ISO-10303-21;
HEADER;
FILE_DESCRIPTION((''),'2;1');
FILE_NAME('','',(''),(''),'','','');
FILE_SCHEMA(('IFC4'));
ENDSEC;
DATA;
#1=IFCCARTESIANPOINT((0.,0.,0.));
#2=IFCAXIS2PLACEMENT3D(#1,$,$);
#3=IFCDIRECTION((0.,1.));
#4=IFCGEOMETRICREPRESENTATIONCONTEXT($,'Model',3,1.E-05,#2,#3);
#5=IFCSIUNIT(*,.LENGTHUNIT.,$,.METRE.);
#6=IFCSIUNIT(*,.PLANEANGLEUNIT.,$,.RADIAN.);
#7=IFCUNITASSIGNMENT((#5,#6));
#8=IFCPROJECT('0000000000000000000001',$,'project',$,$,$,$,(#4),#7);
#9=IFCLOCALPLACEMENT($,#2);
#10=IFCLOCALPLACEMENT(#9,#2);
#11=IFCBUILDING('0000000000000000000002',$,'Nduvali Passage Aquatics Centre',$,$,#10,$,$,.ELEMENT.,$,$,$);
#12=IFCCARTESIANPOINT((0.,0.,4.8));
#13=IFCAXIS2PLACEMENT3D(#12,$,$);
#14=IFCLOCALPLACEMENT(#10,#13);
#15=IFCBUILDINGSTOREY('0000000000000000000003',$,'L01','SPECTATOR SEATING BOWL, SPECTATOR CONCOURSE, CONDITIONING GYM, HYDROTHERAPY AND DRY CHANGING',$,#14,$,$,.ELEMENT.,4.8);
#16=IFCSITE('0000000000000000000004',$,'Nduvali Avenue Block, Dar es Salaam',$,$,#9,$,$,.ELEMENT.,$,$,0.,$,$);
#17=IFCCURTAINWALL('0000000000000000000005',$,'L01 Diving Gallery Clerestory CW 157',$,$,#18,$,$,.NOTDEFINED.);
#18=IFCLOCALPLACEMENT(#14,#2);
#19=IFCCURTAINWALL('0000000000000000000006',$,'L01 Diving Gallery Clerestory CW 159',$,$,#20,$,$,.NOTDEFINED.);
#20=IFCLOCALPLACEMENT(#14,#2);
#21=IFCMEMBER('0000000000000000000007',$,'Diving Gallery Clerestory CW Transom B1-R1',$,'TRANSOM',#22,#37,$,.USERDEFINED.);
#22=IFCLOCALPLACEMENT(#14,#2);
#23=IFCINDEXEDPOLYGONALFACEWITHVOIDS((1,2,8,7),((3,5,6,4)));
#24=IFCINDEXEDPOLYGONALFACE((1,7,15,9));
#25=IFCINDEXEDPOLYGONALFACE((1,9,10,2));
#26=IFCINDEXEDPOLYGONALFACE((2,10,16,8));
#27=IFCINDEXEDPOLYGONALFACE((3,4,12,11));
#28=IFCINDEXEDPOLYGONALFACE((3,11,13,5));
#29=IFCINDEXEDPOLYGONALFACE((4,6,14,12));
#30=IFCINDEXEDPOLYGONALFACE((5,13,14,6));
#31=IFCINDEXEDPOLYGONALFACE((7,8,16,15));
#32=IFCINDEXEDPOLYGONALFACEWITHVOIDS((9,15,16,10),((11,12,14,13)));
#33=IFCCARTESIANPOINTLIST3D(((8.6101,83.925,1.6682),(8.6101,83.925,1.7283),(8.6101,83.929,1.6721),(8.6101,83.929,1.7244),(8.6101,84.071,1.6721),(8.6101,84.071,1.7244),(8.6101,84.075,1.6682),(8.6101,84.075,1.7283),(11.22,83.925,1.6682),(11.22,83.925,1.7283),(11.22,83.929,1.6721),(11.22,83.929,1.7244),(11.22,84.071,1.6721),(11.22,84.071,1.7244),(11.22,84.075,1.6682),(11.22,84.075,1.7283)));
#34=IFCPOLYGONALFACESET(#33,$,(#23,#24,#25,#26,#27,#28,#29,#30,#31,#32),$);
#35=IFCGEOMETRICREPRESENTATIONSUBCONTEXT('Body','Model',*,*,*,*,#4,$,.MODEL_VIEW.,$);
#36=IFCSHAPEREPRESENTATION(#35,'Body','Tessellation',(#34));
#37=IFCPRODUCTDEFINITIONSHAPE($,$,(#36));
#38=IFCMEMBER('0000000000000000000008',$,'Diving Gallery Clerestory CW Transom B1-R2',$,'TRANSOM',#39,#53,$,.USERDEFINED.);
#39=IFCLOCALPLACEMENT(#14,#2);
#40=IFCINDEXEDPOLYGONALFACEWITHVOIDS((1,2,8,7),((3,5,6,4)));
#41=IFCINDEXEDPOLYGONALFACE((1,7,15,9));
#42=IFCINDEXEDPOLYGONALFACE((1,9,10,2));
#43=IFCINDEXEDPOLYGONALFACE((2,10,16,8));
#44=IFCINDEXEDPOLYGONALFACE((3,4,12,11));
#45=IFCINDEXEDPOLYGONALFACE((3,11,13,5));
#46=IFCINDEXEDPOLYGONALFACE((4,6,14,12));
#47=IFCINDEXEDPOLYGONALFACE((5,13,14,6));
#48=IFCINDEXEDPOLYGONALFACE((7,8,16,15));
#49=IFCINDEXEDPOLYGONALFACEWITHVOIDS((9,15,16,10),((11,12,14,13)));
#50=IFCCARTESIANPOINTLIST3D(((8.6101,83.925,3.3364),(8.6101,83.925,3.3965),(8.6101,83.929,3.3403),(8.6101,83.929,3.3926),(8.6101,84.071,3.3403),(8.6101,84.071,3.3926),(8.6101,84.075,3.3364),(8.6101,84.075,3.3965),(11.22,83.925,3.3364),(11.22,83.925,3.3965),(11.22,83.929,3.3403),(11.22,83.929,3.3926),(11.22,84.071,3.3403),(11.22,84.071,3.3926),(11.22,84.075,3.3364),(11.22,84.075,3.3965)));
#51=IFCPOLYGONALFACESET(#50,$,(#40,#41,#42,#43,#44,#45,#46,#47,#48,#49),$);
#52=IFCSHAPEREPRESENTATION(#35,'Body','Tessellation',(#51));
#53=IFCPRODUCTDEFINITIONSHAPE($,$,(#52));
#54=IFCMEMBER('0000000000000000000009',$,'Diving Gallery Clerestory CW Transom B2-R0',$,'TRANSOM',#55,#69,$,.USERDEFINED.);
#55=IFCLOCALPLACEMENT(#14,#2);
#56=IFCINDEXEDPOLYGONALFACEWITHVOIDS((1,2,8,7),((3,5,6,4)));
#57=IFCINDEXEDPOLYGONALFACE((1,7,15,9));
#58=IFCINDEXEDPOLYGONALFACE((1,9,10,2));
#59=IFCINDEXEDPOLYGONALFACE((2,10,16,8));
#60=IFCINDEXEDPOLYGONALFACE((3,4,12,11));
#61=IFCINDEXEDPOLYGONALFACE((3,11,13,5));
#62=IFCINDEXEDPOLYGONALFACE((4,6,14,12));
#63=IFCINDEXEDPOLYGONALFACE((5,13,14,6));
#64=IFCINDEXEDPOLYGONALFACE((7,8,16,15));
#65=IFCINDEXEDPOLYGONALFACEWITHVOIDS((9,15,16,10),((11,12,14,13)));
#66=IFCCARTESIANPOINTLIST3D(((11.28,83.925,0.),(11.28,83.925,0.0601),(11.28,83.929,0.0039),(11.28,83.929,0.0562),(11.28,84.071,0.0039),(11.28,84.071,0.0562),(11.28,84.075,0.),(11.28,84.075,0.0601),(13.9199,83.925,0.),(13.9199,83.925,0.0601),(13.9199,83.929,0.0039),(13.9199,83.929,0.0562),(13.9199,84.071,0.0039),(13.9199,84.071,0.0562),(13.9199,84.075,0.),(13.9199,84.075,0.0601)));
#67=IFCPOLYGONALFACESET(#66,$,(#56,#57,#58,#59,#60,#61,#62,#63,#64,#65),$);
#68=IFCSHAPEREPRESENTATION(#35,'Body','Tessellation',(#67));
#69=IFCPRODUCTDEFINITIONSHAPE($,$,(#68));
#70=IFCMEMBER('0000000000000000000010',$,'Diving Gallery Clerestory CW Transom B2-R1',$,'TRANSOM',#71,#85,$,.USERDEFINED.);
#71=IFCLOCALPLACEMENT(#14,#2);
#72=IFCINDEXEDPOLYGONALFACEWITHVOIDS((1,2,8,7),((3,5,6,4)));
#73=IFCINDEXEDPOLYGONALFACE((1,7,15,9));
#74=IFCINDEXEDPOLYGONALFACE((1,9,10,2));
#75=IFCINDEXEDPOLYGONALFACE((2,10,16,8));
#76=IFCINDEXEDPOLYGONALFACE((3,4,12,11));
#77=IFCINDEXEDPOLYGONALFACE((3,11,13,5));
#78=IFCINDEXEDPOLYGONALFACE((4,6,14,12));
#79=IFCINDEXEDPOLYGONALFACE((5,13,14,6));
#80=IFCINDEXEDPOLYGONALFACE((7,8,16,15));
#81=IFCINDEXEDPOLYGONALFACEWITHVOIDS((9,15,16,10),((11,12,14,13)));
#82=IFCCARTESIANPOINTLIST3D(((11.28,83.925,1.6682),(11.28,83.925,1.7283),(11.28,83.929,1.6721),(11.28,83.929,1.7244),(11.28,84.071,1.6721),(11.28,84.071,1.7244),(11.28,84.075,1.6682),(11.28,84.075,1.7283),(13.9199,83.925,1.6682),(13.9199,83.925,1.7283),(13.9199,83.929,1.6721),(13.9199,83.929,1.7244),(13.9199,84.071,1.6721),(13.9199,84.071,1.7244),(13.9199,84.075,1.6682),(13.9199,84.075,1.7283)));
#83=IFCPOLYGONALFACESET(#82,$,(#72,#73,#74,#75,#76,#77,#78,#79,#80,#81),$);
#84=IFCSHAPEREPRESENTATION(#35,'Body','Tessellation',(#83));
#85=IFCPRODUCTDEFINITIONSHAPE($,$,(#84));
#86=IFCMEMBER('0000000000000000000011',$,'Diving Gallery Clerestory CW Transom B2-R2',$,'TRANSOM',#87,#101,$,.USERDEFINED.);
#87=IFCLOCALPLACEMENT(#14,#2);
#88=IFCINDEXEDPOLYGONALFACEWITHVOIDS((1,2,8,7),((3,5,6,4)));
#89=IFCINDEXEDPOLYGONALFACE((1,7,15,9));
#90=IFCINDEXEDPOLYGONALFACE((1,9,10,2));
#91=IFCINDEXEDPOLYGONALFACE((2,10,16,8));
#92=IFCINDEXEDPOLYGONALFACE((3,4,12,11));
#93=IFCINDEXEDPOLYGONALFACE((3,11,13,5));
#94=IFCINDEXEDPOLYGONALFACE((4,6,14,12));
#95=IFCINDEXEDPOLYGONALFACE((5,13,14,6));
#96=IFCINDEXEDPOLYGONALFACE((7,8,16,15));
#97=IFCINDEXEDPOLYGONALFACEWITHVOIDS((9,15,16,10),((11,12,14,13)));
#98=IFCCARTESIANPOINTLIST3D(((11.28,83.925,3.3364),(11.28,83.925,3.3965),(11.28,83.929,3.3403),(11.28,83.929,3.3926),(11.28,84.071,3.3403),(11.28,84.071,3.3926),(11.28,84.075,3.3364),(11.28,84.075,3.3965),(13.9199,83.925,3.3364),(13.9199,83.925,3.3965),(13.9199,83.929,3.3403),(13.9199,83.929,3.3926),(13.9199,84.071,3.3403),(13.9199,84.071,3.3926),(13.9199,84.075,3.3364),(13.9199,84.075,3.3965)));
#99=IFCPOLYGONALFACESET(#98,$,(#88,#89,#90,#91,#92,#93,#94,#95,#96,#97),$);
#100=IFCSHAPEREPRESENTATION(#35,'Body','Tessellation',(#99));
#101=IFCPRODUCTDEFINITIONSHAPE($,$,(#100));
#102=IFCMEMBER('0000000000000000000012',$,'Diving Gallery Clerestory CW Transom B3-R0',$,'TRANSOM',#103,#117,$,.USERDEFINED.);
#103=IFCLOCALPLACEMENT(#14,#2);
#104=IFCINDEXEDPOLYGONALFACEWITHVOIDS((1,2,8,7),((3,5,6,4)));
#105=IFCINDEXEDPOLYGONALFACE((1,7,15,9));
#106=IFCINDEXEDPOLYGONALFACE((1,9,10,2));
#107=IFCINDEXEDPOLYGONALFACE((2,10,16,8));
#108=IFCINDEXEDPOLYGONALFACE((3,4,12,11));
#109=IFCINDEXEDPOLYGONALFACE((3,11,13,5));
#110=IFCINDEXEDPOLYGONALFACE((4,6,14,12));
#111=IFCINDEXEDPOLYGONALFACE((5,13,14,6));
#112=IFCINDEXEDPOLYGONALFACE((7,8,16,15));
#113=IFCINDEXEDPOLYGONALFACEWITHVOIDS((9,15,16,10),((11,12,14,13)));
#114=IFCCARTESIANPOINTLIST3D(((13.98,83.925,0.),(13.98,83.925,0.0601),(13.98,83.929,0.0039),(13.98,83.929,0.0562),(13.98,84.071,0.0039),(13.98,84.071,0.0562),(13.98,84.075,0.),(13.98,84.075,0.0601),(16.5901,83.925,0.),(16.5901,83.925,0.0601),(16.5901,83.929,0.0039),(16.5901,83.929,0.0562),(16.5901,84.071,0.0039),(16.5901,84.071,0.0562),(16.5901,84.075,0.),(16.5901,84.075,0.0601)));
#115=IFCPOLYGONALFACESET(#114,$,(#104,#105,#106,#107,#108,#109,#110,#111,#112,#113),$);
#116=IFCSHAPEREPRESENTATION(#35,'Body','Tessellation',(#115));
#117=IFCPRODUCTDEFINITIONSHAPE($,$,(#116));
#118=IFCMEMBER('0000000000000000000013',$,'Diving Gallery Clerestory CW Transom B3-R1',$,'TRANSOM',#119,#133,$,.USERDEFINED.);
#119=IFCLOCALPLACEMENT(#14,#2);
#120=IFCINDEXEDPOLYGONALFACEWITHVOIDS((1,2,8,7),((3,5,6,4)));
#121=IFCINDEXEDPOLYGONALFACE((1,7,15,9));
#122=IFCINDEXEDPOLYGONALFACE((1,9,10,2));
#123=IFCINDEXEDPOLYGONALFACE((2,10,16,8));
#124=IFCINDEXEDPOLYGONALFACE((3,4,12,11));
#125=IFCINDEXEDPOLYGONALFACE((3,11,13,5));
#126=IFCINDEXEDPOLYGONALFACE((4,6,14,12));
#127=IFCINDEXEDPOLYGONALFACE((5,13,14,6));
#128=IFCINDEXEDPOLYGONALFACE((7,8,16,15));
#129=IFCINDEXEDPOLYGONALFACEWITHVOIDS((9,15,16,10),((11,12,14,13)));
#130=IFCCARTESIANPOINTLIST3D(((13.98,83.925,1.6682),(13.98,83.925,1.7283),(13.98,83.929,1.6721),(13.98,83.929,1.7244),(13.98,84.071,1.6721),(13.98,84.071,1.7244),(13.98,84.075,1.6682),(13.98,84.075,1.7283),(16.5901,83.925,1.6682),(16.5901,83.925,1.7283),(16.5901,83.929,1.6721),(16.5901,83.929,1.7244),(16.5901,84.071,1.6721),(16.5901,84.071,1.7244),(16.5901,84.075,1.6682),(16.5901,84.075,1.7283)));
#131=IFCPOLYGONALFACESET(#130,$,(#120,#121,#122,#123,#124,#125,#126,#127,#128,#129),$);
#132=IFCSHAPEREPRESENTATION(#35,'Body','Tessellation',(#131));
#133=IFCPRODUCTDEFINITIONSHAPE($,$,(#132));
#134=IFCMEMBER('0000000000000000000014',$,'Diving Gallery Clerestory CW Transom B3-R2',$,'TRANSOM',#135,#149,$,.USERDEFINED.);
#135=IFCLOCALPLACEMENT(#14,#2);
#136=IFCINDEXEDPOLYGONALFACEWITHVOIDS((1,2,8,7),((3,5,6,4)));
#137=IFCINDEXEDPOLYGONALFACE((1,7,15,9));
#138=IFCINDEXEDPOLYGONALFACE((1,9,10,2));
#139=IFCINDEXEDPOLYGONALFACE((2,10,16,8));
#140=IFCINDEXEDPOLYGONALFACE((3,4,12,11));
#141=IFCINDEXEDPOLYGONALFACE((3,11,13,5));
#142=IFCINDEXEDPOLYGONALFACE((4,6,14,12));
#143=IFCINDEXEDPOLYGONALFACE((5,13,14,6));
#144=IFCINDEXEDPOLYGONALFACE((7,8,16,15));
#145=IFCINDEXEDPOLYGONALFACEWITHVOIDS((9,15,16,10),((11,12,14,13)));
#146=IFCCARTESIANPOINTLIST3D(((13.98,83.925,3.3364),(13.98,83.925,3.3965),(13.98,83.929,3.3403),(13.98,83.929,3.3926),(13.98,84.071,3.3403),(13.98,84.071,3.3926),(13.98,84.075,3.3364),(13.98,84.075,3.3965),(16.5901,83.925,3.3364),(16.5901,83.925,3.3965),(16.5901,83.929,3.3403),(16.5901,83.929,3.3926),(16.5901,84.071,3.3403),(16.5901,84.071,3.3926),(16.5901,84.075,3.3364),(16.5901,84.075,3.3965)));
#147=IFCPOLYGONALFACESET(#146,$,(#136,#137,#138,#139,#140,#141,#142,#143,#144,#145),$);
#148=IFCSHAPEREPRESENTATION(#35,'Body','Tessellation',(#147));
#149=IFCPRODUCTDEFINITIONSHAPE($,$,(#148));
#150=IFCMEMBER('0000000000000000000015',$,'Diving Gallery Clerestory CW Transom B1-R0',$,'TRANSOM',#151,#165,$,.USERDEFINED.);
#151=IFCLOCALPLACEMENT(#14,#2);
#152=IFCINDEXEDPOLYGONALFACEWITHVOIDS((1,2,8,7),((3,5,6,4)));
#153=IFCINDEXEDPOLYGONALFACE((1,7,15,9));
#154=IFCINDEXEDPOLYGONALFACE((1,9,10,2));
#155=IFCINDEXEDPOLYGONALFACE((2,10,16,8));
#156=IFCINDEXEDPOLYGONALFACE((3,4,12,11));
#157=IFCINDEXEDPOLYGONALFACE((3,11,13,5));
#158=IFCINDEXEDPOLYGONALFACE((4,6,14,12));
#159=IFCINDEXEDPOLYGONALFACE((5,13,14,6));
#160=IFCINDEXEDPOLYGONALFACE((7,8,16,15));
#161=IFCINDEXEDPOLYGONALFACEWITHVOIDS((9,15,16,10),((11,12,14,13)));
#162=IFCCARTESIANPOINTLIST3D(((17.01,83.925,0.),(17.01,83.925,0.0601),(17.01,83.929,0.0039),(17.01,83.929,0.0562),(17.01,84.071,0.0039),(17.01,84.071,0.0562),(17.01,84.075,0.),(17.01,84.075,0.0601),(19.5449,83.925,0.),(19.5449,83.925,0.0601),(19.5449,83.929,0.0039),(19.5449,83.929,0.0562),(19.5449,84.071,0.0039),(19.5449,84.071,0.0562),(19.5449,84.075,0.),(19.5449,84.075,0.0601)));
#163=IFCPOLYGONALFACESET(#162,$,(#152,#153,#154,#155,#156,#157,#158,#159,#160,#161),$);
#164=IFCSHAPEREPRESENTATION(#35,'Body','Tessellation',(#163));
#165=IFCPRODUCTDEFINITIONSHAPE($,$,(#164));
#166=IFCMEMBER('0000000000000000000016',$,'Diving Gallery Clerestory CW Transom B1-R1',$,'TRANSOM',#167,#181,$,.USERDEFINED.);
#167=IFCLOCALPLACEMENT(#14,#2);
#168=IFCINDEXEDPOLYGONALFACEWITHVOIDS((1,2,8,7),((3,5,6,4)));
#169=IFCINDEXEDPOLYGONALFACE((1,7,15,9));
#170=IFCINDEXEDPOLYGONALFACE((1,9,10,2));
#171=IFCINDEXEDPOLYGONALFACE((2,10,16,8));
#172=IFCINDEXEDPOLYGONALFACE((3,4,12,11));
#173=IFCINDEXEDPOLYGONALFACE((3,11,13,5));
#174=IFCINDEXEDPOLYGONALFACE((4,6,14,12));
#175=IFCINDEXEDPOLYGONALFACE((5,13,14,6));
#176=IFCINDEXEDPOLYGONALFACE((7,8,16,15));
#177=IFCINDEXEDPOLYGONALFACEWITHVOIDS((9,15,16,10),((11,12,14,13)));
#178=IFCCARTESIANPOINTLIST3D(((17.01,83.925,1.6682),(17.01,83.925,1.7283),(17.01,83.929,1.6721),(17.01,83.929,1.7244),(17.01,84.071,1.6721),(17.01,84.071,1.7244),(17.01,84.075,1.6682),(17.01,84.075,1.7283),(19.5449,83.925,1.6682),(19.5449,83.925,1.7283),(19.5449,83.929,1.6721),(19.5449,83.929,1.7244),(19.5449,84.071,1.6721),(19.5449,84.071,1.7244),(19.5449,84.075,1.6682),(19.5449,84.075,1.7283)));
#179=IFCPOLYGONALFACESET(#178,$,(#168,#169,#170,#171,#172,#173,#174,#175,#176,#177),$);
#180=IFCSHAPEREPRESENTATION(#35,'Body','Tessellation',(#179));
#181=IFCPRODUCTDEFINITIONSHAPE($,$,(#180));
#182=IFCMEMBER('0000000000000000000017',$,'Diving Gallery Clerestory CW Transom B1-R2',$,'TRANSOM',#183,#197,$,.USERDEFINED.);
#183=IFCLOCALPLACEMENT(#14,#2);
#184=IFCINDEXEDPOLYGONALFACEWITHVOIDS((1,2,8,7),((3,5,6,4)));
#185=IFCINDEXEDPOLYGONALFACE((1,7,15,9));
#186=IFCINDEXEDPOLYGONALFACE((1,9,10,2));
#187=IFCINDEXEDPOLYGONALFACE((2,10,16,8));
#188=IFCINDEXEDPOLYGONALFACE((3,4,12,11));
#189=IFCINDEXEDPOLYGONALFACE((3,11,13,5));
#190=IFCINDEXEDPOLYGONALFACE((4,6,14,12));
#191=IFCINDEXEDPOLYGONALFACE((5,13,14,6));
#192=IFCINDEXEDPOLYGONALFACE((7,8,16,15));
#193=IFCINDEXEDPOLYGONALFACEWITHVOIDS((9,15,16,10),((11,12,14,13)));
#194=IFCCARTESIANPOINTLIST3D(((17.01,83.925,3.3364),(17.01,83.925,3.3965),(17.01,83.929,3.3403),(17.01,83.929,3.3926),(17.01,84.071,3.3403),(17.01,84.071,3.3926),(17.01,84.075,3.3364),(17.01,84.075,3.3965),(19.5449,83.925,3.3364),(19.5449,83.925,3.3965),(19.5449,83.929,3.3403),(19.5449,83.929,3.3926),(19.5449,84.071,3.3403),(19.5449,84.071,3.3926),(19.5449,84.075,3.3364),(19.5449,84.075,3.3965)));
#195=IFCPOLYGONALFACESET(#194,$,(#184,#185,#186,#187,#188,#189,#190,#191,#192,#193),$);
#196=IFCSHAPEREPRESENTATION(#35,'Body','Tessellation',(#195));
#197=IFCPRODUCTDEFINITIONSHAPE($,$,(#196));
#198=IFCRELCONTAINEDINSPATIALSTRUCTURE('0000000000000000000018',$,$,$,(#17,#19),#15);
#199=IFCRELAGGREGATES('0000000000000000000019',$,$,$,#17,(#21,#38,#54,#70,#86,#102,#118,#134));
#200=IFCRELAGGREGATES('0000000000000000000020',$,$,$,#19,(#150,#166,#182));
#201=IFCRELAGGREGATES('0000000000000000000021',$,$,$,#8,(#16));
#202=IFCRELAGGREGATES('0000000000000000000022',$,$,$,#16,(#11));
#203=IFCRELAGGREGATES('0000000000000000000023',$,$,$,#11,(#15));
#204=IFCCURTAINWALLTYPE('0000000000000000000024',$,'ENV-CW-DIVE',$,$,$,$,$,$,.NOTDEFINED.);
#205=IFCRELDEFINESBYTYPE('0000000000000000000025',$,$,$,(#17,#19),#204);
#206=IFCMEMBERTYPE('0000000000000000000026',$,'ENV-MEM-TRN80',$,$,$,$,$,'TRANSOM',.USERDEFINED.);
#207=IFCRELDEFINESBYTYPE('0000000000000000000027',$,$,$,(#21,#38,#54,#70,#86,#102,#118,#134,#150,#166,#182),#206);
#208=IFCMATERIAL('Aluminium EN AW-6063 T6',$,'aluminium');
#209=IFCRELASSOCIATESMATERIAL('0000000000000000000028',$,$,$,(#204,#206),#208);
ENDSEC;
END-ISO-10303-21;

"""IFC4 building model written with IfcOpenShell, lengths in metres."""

from ifc_helpers import new_model, si_unit, direction, frame, origin, origin_2d, place, context, subcontext, project, spatial, hollow_rectangle, extrude, material, material_profile, profile_set, type_object, element, aggregate, save


model = new_model("IFC4")

# Units and contexts
model_context = context("Model", 3, precision=1e-05, world=origin(), true_north=direction((0.0, 1.0)))
body_context = subcontext(model_context, "Body", "Model", "MODEL_VIEW")
ifc_project = project(units=[si_unit("LENGTHUNIT", "METRE"), si_unit("PLANEANGLEUNIT", "RADIAN")], contexts=[model_context])

# Site, building, storey
site_placement = place(None, origin())
site = spatial("IfcSite", under=ifc_project, at=site_placement, Name="Nduvali Avenue Block, Dar es Salaam", CompositionType="ELEMENT", RefElevation=0.0)
building_placement = place(site_placement, origin())
building = spatial("IfcBuilding", under=site, at=building_placement, Name="Nduvali Passage Aquatics Centre", CompositionType="ELEMENT")
storey_placement = place(building_placement, frame((0.0, 0.0, 4.8)))
storey = spatial("IfcBuildingStorey", under=building, at=storey_placement, Name="L01", Description="SPECTATOR SEATING BOWL, SPECTATOR CONCOURSE, CONDITIONING GYM, HYDROTHERAPY AND DRY CHANGING", CompositionType="ELEMENT", Elevation=4.8)

# Curtain walls
ifc_material_1 = material(Name="Aluminium EN AW-6063 T6", Category="aluminium")
curtain_wall_type = type_object("IfcCurtainWallType", Name="ENV-CW-DIVE", PredefinedType="NOTDEFINED", material=ifc_material_1)
curtain_wall_1_placement = place(storey_placement, origin())
curtain_wall_1 = element("IfcCurtainWall", 1, at=curtain_wall_1_placement, inside=storey, type_object=curtain_wall_type, Name="L01 Diving Gallery Clerestory CW 157", PredefinedType="NOTDEFINED")
curtain_wall_2_placement = place(storey_placement, origin())
curtain_wall_2 = element("IfcCurtainWall", 2, at=curtain_wall_2_placement, inside=storey, type_object=curtain_wall_type, Name="L01 Diving Gallery Clerestory CW 159", PredefinedType="NOTDEFINED")

# Members
ifc_material_profile_1 = material_profile(ifc_material_1, hollow_rectangle(XDim=0.1499, YDim=0.0601, WallThickness=0.0039, at=origin_2d()), Name="ALU TRANSOM 150x60x4")
ifc_profile_set_1 = profile_set([ifc_material_profile_1], Name="Aluminium EN AW-6063 T6")
member_type_1 = type_object("IfcMemberType", Name="ENV-MEM-TRN80", ElementType="TRANSOM", PredefinedType="USERDEFINED", material=ifc_profile_set_1)
member_1_placement = place(storey_placement, frame((8.6101, 84.0, 1.6982), z_axis=(1.0, 0.0, 0.0), x_axis=(0.0, 1.0, 0.0)))
member_1 = element("IfcMember", 3, at=member_1_placement, type_object=member_type_1, Name="Diving Gallery Clerestory CW Transom B1-R1", ObjectType="TRANSOM", PredefinedType="USERDEFINED", context=body_context, shape_type="SweptSolid", body=[
    extrude(hollow_rectangle(XDim=0.1499, YDim=0.0601, WallThickness=0.0039, at=origin_2d()), origin(), (0.0, 0.0, 1.0), 2.6099),
])
member_2_placement = place(storey_placement, frame((8.6101, 84.0, 3.3665), z_axis=(1.0, 0.0, 0.0), x_axis=(0.0, 1.0, 0.0)))
member_2 = element("IfcMember", 4, at=member_2_placement, type_object=member_type_1, Name="Diving Gallery Clerestory CW Transom B1-R2", ObjectType="TRANSOM", PredefinedType="USERDEFINED", context=body_context, shape_type="SweptSolid", body=[
    extrude(hollow_rectangle(XDim=0.1499, YDim=0.0601, WallThickness=0.0039, at=origin_2d()), origin(), (0.0, 0.0, 1.0), 2.6099),
])
member_3_placement = place(storey_placement, frame((11.28, 84.0, 0.03), z_axis=(1.0, 0.0, 0.0), x_axis=(0.0, 1.0, 0.0)))
member_3 = element("IfcMember", 5, at=member_3_placement, type_object=member_type_1, Name="Diving Gallery Clerestory CW Transom B2-R0", ObjectType="TRANSOM", PredefinedType="USERDEFINED", context=body_context, shape_type="SweptSolid", body=[
    extrude(hollow_rectangle(XDim=0.1499, YDim=0.0601, WallThickness=0.0039, at=origin_2d()), origin(), (0.0, 0.0, 1.0), 2.6399),
])
member_4_placement = place(storey_placement, frame((11.28, 84.0, 1.6982), z_axis=(1.0, 0.0, 0.0), x_axis=(0.0, 1.0, 0.0)))
member_4 = element("IfcMember", 6, at=member_4_placement, type_object=member_type_1, Name="Diving Gallery Clerestory CW Transom B2-R1", ObjectType="TRANSOM", PredefinedType="USERDEFINED", context=body_context, shape_type="SweptSolid", body=[
    extrude(hollow_rectangle(XDim=0.1499, YDim=0.0601, WallThickness=0.0039, at=origin_2d()), origin(), (0.0, 0.0, 1.0), 2.6399),
])
member_5_placement = place(storey_placement, frame((11.28, 84.0, 3.3665), z_axis=(1.0, 0.0, 0.0), x_axis=(0.0, 1.0, 0.0)))
member_5 = element("IfcMember", 7, at=member_5_placement, type_object=member_type_1, Name="Diving Gallery Clerestory CW Transom B2-R2", ObjectType="TRANSOM", PredefinedType="USERDEFINED", context=body_context, shape_type="SweptSolid", body=[
    extrude(hollow_rectangle(XDim=0.1499, YDim=0.0601, WallThickness=0.0039, at=origin_2d()), origin(), (0.0, 0.0, 1.0), 2.6399),
])
member_6_placement = place(storey_placement, frame((13.98, 84.0, 0.03), z_axis=(1.0, 0.0, 0.0), x_axis=(0.0, 1.0, 0.0)))
member_6 = element("IfcMember", 8, at=member_6_placement, type_object=member_type_1, Name="Diving Gallery Clerestory CW Transom B3-R0", ObjectType="TRANSOM", PredefinedType="USERDEFINED", context=body_context, shape_type="SweptSolid", body=[
    extrude(hollow_rectangle(XDim=0.1499, YDim=0.0601, WallThickness=0.0039, at=origin_2d()), origin(), (0.0, 0.0, 1.0), 2.6101),
])
member_7_placement = place(storey_placement, frame((13.98, 84.0, 1.6982), z_axis=(1.0, 0.0, 0.0), x_axis=(0.0, 1.0, 0.0)))
member_7 = element("IfcMember", 9, at=member_7_placement, type_object=member_type_1, Name="Diving Gallery Clerestory CW Transom B3-R1", ObjectType="TRANSOM", PredefinedType="USERDEFINED", context=body_context, shape_type="SweptSolid", body=[
    extrude(hollow_rectangle(XDim=0.1499, YDim=0.0601, WallThickness=0.0039, at=origin_2d()), origin(), (0.0, 0.0, 1.0), 2.6101),
])
member_8_placement = place(storey_placement, frame((13.98, 84.0, 3.3665), z_axis=(1.0, 0.0, 0.0), x_axis=(0.0, 1.0, 0.0)))
member_8 = element("IfcMember", 10, at=member_8_placement, type_object=member_type_1, Name="Diving Gallery Clerestory CW Transom B3-R2", ObjectType="TRANSOM", PredefinedType="USERDEFINED", context=body_context, shape_type="SweptSolid", body=[
    extrude(hollow_rectangle(XDim=0.1499, YDim=0.0601, WallThickness=0.0039, at=origin_2d()), origin(), (0.0, 0.0, 1.0), 2.6101),
])
member_9_placement = place(storey_placement, frame((17.01, 84.0, 0.03), z_axis=(1.0, 0.0, 0.0), x_axis=(0.0, 1.0, 0.0)))
member_9 = element("IfcMember", 11, at=member_9_placement, type_object=member_type_1, Name="Diving Gallery Clerestory CW Transom B1-R0", ObjectType="TRANSOM", PredefinedType="USERDEFINED", context=body_context, shape_type="SweptSolid", body=[
    extrude(hollow_rectangle(XDim=0.1499, YDim=0.0601, WallThickness=0.0039, at=origin_2d()), origin(), (0.0, 0.0, 1.0), 2.5349),
])
member_10_placement = place(storey_placement, frame((17.01, 84.0, 1.6982), z_axis=(1.0, 0.0, 0.0), x_axis=(0.0, 1.0, 0.0)))
member_10 = element("IfcMember", 12, at=member_10_placement, type_object=member_type_1, Name="Diving Gallery Clerestory CW Transom B1-R1", ObjectType="TRANSOM", PredefinedType="USERDEFINED", context=body_context, shape_type="SweptSolid", body=[
    extrude(hollow_rectangle(XDim=0.1499, YDim=0.0601, WallThickness=0.0039, at=origin_2d()), origin(), (0.0, 0.0, 1.0), 2.5349),
])
member_11_placement = place(storey_placement, frame((17.01, 84.0, 3.3665), z_axis=(1.0, 0.0, 0.0), x_axis=(0.0, 1.0, 0.0)))
member_11 = element("IfcMember", 13, at=member_11_placement, type_object=member_type_1, Name="Diving Gallery Clerestory CW Transom B1-R2", ObjectType="TRANSOM", PredefinedType="USERDEFINED", context=body_context, shape_type="SweptSolid", body=[
    extrude(hollow_rectangle(XDim=0.1499, YDim=0.0601, WallThickness=0.0039, at=origin_2d()), origin(), (0.0, 0.0, 1.0), 2.5349),
])

aggregate(curtain_wall_1, [member_1, member_2, member_3, member_4, member_5, member_6, member_7, member_8])
aggregate(curtain_wall_2, [member_9, member_10, member_11])

save(model, "model.ifc")
